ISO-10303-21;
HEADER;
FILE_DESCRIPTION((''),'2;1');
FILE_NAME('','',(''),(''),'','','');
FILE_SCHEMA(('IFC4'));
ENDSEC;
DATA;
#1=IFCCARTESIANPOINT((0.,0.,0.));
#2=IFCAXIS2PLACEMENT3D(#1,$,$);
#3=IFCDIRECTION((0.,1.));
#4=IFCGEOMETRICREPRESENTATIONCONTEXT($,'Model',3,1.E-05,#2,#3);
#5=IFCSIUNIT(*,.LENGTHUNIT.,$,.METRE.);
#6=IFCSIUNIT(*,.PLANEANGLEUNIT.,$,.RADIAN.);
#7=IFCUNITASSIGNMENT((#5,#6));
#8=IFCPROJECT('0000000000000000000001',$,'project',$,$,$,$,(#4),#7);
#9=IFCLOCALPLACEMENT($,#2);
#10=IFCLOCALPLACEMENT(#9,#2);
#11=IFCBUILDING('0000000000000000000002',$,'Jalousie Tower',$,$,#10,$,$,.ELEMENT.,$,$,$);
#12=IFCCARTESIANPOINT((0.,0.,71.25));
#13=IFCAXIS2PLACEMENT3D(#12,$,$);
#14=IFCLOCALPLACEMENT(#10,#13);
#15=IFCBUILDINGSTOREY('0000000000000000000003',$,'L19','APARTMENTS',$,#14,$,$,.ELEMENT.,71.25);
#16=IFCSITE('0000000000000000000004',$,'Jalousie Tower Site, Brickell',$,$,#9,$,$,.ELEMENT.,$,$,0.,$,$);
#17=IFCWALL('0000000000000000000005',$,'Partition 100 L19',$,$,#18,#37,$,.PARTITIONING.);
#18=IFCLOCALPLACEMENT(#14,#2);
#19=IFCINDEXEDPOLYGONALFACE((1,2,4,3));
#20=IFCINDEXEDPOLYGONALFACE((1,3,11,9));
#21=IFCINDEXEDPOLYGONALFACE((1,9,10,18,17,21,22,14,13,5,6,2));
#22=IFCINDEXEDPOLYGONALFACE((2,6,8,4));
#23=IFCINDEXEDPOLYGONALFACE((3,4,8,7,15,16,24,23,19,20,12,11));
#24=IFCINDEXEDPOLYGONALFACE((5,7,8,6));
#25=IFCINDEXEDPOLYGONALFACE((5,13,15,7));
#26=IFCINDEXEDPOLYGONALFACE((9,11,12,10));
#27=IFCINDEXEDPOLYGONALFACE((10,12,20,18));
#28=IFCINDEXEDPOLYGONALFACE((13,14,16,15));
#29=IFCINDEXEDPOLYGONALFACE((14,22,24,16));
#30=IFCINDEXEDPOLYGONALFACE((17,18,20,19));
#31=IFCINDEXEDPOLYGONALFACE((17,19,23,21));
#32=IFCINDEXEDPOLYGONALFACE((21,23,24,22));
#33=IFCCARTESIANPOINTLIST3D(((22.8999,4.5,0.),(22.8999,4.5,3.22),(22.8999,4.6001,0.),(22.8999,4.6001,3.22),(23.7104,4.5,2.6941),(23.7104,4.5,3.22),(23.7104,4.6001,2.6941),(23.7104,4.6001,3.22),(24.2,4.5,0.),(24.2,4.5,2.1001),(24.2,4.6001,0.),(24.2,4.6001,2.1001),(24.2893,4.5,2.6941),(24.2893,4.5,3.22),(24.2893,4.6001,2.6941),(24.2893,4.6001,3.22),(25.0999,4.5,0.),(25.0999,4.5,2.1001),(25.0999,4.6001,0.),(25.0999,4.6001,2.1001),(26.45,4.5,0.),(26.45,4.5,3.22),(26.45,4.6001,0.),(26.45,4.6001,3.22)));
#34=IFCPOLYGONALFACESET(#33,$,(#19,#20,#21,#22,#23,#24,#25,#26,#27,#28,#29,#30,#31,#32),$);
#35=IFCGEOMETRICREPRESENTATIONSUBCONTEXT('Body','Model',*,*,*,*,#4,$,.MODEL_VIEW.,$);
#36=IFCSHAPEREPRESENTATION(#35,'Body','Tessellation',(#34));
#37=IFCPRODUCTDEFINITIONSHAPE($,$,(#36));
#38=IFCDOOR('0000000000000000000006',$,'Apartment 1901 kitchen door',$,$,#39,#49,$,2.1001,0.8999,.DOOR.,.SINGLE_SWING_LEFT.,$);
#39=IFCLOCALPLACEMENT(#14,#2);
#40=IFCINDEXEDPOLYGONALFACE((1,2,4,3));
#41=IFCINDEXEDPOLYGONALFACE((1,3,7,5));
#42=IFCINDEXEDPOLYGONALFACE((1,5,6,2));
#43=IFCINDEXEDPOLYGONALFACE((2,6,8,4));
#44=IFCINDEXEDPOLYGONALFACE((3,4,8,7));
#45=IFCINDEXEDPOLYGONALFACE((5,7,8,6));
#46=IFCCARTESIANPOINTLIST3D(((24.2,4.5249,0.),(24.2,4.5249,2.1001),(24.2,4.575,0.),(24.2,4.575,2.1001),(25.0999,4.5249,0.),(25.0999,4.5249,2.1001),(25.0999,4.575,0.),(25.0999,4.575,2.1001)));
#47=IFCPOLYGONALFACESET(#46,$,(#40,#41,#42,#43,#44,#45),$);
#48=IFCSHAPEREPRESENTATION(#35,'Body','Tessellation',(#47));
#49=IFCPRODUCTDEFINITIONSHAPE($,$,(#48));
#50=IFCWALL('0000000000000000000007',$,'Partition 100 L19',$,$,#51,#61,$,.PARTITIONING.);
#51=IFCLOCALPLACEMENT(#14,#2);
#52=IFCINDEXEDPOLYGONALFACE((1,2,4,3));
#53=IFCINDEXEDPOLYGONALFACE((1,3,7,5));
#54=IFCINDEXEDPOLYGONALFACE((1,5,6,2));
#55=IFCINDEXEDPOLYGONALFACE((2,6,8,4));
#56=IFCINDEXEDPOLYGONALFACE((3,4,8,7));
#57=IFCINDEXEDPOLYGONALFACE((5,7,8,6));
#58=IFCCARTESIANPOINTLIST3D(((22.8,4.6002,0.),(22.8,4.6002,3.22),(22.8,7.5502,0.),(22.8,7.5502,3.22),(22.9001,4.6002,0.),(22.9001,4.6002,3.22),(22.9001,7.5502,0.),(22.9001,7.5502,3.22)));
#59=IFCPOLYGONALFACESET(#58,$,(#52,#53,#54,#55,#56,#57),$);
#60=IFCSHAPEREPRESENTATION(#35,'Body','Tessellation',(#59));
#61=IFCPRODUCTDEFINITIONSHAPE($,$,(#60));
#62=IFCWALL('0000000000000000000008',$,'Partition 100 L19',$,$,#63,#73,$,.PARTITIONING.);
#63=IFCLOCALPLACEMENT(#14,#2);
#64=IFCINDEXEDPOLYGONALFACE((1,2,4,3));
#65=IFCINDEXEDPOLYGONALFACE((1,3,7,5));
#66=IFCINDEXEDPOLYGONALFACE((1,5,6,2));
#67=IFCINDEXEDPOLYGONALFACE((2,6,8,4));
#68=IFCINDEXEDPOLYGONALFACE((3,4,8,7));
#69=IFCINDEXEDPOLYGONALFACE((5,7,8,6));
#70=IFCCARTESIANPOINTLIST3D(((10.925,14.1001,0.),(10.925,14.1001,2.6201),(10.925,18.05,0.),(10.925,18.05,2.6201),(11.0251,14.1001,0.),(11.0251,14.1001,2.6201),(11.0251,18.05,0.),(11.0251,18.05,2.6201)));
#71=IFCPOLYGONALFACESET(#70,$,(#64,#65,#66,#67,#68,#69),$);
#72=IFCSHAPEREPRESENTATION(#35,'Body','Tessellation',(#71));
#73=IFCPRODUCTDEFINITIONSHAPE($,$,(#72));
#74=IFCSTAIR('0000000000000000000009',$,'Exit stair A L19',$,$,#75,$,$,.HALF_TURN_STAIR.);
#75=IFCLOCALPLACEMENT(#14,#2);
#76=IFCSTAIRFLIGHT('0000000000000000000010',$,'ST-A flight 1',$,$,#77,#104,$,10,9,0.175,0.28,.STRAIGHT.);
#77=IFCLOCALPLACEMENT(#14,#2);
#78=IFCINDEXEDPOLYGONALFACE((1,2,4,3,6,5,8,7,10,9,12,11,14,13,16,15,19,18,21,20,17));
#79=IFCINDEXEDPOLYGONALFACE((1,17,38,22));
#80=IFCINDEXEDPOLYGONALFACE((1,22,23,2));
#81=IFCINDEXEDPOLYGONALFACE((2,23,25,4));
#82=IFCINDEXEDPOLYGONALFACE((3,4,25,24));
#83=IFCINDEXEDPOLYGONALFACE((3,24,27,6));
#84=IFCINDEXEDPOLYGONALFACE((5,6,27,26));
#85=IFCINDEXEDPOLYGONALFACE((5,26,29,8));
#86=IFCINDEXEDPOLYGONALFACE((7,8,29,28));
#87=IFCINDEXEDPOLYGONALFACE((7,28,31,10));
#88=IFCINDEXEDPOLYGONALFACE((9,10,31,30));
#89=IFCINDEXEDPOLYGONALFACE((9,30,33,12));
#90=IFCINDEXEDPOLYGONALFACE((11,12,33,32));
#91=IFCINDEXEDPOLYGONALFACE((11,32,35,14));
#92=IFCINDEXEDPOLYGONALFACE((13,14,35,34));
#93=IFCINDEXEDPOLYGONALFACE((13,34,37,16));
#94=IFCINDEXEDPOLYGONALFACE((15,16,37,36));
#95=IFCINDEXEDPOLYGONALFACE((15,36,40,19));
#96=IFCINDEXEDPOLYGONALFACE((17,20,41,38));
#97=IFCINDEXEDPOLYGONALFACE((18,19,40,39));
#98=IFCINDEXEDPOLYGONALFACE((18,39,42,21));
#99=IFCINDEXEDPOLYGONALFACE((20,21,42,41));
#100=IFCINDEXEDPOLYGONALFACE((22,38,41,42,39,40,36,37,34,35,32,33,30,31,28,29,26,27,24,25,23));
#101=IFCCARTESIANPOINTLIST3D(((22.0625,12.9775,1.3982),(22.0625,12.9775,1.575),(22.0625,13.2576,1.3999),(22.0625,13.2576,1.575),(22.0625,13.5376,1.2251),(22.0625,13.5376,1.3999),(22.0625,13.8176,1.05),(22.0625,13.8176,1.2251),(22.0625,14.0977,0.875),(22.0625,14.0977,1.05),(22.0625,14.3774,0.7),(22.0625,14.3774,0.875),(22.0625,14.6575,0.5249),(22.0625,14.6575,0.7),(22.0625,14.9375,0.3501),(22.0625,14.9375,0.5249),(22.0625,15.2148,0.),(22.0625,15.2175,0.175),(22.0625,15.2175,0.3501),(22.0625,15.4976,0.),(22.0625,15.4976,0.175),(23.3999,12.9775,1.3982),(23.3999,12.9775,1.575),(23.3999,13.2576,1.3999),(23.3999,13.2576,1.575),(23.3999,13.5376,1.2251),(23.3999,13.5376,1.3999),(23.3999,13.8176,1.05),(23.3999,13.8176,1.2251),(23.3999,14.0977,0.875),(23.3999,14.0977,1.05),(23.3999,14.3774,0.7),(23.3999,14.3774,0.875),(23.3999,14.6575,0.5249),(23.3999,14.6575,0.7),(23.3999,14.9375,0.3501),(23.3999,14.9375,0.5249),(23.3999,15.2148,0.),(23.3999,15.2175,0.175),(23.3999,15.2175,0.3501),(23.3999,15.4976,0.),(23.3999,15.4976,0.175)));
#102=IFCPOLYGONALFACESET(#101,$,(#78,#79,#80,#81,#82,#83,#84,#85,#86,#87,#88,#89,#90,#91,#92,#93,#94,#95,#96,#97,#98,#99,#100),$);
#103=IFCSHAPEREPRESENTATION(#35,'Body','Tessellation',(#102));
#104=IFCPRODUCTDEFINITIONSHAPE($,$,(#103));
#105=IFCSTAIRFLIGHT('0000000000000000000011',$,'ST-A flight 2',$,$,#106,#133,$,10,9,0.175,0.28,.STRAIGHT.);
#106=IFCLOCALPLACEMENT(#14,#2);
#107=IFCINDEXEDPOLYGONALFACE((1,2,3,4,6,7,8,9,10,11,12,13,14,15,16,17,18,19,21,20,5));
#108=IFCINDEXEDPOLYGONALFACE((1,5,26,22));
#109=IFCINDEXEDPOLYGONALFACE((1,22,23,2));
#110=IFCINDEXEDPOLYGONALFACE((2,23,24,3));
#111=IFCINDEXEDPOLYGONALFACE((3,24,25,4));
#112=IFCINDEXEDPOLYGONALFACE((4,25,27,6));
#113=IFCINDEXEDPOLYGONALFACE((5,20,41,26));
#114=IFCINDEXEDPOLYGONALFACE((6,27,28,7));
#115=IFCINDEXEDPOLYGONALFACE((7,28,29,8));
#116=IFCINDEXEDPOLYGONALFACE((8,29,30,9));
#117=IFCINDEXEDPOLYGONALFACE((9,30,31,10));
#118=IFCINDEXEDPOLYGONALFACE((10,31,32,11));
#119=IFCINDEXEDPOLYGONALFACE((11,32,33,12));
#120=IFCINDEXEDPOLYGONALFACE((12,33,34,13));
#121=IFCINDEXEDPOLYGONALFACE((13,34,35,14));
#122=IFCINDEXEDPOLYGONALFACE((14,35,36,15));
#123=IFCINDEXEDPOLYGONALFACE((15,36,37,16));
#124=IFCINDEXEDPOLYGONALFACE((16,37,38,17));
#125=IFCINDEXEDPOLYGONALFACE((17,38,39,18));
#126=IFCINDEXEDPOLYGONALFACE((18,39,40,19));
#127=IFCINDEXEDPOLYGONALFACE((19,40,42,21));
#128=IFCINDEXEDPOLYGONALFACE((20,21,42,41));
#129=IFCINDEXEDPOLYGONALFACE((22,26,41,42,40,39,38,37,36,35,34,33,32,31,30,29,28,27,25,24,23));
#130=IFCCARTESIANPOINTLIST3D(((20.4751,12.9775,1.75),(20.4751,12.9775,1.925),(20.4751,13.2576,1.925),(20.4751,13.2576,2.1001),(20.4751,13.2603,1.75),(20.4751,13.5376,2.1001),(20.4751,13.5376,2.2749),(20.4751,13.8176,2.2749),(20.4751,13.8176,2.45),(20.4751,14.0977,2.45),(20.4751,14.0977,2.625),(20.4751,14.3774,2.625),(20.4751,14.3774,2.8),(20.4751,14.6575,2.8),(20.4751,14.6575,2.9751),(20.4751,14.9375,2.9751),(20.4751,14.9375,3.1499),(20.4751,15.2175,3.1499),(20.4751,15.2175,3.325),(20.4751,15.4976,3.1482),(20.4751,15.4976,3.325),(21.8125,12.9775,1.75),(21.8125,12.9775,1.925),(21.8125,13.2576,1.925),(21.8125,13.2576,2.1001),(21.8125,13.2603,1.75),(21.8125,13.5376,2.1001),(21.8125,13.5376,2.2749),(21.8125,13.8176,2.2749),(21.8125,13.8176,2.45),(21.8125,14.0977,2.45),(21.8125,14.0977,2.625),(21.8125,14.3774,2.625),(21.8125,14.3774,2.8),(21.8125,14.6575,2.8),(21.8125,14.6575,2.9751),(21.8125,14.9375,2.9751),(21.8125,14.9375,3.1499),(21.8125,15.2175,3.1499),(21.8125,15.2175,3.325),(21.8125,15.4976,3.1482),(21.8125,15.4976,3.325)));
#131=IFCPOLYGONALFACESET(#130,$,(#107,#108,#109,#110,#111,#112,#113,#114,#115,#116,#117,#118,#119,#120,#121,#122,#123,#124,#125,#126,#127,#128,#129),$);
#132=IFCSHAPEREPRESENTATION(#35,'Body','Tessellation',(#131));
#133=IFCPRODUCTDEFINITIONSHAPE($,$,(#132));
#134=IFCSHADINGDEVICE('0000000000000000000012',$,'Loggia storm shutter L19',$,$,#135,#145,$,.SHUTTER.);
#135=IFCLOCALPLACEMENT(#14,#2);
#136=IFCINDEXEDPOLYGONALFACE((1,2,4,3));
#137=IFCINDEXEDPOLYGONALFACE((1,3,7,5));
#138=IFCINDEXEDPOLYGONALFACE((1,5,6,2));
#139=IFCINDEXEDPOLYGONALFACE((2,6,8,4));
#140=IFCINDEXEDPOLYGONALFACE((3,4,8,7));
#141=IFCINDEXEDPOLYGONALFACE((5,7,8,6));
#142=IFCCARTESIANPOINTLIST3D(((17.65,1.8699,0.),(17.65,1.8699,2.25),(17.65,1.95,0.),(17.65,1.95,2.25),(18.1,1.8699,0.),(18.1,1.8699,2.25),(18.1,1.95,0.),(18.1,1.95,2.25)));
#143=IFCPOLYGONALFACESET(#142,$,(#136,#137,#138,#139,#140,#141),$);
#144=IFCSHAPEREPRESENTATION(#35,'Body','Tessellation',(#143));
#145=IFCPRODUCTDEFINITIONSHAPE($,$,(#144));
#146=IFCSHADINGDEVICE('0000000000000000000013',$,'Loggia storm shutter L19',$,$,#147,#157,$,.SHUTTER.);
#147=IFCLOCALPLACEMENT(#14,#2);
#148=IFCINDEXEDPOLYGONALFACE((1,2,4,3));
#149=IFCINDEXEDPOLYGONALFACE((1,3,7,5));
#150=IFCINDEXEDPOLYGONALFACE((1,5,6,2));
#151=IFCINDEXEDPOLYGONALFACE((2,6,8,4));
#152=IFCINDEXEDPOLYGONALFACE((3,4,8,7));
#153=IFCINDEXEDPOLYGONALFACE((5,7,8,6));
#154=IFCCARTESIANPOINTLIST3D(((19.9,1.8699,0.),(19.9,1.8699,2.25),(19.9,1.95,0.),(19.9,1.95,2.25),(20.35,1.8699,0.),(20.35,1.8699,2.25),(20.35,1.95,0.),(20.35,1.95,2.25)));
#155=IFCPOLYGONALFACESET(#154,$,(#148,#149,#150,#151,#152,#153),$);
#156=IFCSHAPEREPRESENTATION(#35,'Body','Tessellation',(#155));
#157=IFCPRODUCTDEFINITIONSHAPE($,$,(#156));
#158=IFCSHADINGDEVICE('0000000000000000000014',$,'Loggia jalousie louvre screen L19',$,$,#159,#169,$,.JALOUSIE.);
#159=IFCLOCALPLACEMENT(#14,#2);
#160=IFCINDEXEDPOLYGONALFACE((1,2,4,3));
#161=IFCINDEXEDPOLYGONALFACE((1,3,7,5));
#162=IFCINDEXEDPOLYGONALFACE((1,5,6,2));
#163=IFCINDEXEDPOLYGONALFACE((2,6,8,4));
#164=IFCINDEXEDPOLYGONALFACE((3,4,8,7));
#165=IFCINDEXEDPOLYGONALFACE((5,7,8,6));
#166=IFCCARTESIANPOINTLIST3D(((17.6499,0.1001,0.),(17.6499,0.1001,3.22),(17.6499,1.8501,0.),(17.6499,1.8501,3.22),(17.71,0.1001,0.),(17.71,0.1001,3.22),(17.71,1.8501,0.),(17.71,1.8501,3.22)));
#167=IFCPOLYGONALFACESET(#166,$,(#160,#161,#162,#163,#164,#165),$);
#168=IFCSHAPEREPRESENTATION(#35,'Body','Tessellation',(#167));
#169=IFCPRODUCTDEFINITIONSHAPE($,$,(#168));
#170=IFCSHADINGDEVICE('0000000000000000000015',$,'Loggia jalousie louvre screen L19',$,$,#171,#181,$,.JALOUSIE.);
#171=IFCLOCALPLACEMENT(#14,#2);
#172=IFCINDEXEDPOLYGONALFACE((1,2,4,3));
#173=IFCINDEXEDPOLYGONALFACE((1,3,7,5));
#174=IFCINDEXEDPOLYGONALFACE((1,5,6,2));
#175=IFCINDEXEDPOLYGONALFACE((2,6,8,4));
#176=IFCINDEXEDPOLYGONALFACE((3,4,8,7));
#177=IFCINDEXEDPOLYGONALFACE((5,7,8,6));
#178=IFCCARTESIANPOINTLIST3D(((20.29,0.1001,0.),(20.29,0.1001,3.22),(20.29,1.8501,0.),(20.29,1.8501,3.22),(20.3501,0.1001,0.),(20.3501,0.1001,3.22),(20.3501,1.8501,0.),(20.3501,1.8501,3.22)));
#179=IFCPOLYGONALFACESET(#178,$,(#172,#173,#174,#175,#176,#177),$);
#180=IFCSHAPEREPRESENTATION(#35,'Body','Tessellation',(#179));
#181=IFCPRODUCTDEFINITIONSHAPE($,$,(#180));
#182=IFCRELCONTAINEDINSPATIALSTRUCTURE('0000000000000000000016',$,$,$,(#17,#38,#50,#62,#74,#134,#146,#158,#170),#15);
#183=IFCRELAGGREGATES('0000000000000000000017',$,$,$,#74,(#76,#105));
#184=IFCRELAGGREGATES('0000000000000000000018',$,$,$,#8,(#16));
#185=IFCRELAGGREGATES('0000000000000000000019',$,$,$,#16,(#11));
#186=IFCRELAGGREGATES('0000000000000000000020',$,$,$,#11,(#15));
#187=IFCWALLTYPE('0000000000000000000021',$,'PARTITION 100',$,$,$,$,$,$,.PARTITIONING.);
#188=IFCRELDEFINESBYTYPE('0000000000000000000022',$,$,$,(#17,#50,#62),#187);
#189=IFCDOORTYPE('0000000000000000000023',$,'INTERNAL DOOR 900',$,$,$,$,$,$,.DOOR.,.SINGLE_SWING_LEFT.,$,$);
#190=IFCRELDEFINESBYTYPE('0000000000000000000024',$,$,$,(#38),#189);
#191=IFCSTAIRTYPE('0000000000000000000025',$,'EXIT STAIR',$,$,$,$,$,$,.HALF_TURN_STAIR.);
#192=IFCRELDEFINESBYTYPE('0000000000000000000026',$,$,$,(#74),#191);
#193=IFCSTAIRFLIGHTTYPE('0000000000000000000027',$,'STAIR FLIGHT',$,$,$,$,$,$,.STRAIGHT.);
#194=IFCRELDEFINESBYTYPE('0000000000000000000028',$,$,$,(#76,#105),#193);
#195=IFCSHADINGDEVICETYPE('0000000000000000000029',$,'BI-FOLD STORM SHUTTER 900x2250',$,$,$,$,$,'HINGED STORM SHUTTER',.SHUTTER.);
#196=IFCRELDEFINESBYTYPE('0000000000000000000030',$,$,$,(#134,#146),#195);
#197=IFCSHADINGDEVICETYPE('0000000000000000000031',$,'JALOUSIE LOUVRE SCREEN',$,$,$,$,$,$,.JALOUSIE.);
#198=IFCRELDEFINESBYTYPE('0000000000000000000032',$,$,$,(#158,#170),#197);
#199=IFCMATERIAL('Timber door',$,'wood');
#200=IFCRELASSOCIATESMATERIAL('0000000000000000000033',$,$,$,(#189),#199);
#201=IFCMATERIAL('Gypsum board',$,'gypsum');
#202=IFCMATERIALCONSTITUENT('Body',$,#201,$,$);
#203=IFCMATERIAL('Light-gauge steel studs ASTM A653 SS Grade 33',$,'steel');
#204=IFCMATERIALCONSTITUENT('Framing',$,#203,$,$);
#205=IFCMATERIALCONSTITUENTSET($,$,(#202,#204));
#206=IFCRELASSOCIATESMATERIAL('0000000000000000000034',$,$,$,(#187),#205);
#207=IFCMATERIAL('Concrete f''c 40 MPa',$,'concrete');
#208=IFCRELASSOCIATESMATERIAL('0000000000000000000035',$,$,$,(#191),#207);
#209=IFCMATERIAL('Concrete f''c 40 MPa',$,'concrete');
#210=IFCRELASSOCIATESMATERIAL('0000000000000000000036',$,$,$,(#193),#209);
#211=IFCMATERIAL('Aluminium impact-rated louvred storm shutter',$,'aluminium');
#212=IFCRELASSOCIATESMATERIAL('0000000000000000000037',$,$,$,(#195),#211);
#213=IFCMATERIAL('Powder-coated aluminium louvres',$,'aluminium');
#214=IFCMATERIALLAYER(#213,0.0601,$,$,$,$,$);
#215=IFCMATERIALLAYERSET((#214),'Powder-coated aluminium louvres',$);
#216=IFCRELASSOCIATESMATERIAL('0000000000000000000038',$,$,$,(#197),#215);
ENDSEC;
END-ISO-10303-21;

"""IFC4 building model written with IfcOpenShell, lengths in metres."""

from ifc_helpers import new_model, si_unit, direction, frame, frame_2d, origin, origin_2d, place, context, subcontext, project, spatial, polyline, rectangle, outline, extrude, material, layer, layer_set, constituent, constituent_set, type_object, element, fill, aggregate, save


model = new_model("IFC4")

# Units and contexts
model_context = context("Model", 3, precision=1e-05, world=origin(), true_north=direction((0.0, 1.0)))
body_context = subcontext(model_context, "Body", "Model", "MODEL_VIEW")
ifc_project = project(units=[si_unit("LENGTHUNIT", "METRE"), si_unit("PLANEANGLEUNIT", "RADIAN")], contexts=[model_context])

# Site, building, storey
site_placement = place(None, origin())
site = spatial("IfcSite", under=ifc_project, at=site_placement, Name="Jalousie Tower Site, Brickell", CompositionType="ELEMENT", RefElevation=0.0)
building_placement = place(site_placement, origin())
building = spatial("IfcBuilding", under=site, at=building_placement, Name="Jalousie Tower", CompositionType="ELEMENT")
storey_placement = place(building_placement, frame((0.0, 0.0, 71.25)))
storey = spatial("IfcBuildingStorey", under=building, at=storey_placement, Name="L19", Description="APARTMENTS", CompositionType="ELEMENT", Elevation=71.25)

# Shared definitions
ifc_material_1 = material(Name="Timber door", Category="wood")
door_type_1 = type_object("IfcDoorType", Name="INTERNAL DOOR 900", OperationType="SINGLE_SWING_LEFT", PredefinedType="DOOR", material=ifc_material_1)

# Wall, opening, door
ifc_material_2 = material(Name="Gypsum board", Category="gypsum")
ifc_constituent_1 = constituent(ifc_material_2, Name="Body")
ifc_material_3 = material(Name="Light-gauge steel studs ASTM A653 SS Grade 33", Category="steel")
ifc_constituent_2 = constituent(ifc_material_3, Name="Framing")
ifc_constituent_set_1 = constituent_set(constituents=[ifc_constituent_1, ifc_constituent_2])
wall_type_1 = type_object("IfcWallType", Name="PARTITION 100", PredefinedType="PARTITIONING", material=ifc_constituent_set_1)
wall_1_placement = place(storey_placement, frame((22.8999, 4.55, 0.0), z_axis=(0.0, 0.0, 1.0), x_axis=(1.0, 0.0, 0.0)))
wall_1 = element("IfcWall", 1, at=wall_1_placement, inside=storey, type_object=wall_type_1, Name="Partition 100 L19", PredefinedType="PARTITIONING", context=body_context, shape_type="SweptSolid", body=[
    extrude(outline(polyline([(0.0, 0.0), (3.55, 0.0), (3.55, 3.22), (1.3894, 3.22), (1.3894, 2.6941), (0.8105, 2.6941), (0.8105, 3.22), (0.0, 3.22), (0.0, 0.0)])), frame((0.0, 0.05, 0.0), z_axis=(0.0, -1.0, 0.0), x_axis=(1.0, 0.0, 0.0)), (0.0, 0.0, 1.0), 0.1001),
])
opening_1_placement = place(wall_1_placement, frame((1.3, 0.0, 0.0)))
opening_1 = element("IfcOpeningElement", 2, at=opening_1_placement, cuts=wall_1, PredefinedType="OPENING", context=body_context, shape_type="SweptSolid", body=[
    extrude(rectangle(XDim=0.8999, YDim=2.1001, at=frame_2d((0.45, 1.05))), frame((0.0, 0.0601, 0.0), z_axis=(0.0, -1.0, 0.0), x_axis=(1.0, 0.0, 0.0)), (0.0, 0.0, 1.0), 0.1201),
])
door_1_placement = place(opening_1_placement, origin())
door_1 = element("IfcDoor", 3, at=door_1_placement, inside=storey, type_object=door_type_1, Name="Apartment 1901 kitchen door", OperationType="SINGLE_SWING_LEFT", OverallHeight=2.1001, OverallWidth=0.8999, PredefinedType="DOOR", context=body_context, shape_type="SweptSolid", body=[
    extrude(rectangle(XDim=0.8999, YDim=2.1001, at=frame_2d((0.45, 1.05))), frame((0.0, 0.0249, 0.0), z_axis=(0.0, -1.0, 0.0), x_axis=(1.0, 0.0, 0.0)), (0.0, 0.0, 1.0), 0.05),
])
fill(opening_1, door_1)

# Walls
wall_2_placement = place(storey_placement, frame((22.8501, 4.6001, 0.0), z_axis=(0.0, 0.0, 1.0), x_axis=(0.0, 1.0, 0.0)))
element("IfcWall", 4, at=wall_2_placement, inside=storey, type_object=wall_type_1, Name="Partition 100 L19", PredefinedType="PARTITIONING", context=body_context, shape_type="SweptSolid", body=[
    extrude(rectangle(XDim=2.95, YDim=0.1001, at=frame_2d((1.4751, 0.0))), origin(), (0.0, 0.0, 1.0), 3.22),
])
wall_3_placement = place(storey_placement, frame((10.9751, 14.1001, 0.0), z_axis=(0.0, 0.0, 1.0), x_axis=(0.0, 1.0, 0.0)))
element("IfcWall", 5, at=wall_3_placement, inside=storey, type_object=wall_type_1, Name="Partition 100 L19", PredefinedType="PARTITIONING", context=body_context, shape_type="SweptSolid", body=[
    extrude(outline(polyline([(0.0, 0.0), (3.95, 0.0), (3.95, 3.22), (3.95, 2.6201), (0.0, 2.6201), (0.0, 3.22), (0.0, 0.0)])), frame((0.0, 0.05, 0.0), z_axis=(0.0, -1.0, 0.0), x_axis=(1.0, 0.0, 0.0)), (0.0, 0.0, 1.0), 0.1001),
])

# Stair, stair flights
ifc_material_4 = material(Name="Concrete f'c 40 MPa", Category="concrete")
stair_type = type_object("IfcStairType", Name="EXIT STAIR", PredefinedType="HALF_TURN_STAIR", material=ifc_material_4)
stair_placement = place(storey_placement, origin())
stair = element("IfcStair", 6, at=stair_placement, inside=storey, type_object=stair_type, Name="Exit stair A L19", PredefinedType="HALF_TURN_STAIR")
ifc_material_5 = material(Name="Concrete f'c 40 MPa", Category="concrete")
stair_flight_type = type_object("IfcStairFlightType", Name="STAIR FLIGHT", PredefinedType="STRAIGHT", material=ifc_material_5)
stair_flight_1_placement = place(storey_placement, frame((22.7312, 15.4976, 0.0), z_axis=(0.0, 0.0, 1.0), x_axis=(0.0, -1.0, 0.0)))
stair_flight_1 = element("IfcStairFlight", 7, at=stair_flight_1_placement, type_object=stair_flight_type, Name="ST-A flight 1", NumberOfRisers=10, NumberOfTreads=9, PredefinedType="STRAIGHT", RiserHeight=0.175, TreadLength=0.28, context=body_context, shape_type="SweptSolid", body=[
    extrude(outline(polyline([(0.0, 0.0), (0.0, 0.175), (0.28, 0.175), (0.28, 0.3501), (0.5601, 0.3501), (0.5601, 0.5249), (0.8401, 0.5249), (0.8401, 0.7), (1.1201, 0.7), (1.1201, 0.875), (1.3999, 0.875), (1.3999, 1.05), (1.6799, 1.05), (1.6799, 1.2251), (1.96, 1.2251), (1.96, 1.3999), (2.24, 1.3999), (2.24, 1.575), (2.52, 1.575), (2.52, 1.75), (2.52, 1.3982), (0.2827, 0.0), (0.0, 0.0)])), frame((0.0, 0.6687, 0.0), z_axis=(0.0, -1.0, 0.0), x_axis=(1.0, 0.0, 0.0)), (0.0, 0.0, 1.0), 1.3374),
])
stair_flight_2_placement = place(storey_placement, frame((21.1438, 12.9775, 1.75), z_axis=(0.0, 0.0, 1.0), x_axis=(0.0, 1.0, 0.0)))
stair_flight_2 = element("IfcStairFlight", 8, at=stair_flight_2_placement, type_object=stair_flight_type, Name="ST-A flight 2", NumberOfRisers=10, NumberOfTreads=9, PredefinedType="STRAIGHT", RiserHeight=0.175, TreadLength=0.28, context=body_context, shape_type="SweptSolid", body=[
    extrude(outline(polyline([(0.0, 0.0), (0.0, 0.175), (0.28, 0.175), (0.28, 0.3501), (0.5601, 0.3501), (0.5601, 0.5249), (0.8401, 0.5249), (0.8401, 0.7), (1.1201, 0.7), (1.1201, 0.875), (1.3999, 0.875), (1.3999, 1.05), (1.6799, 1.05), (1.6799, 1.2251), (1.96, 1.2251), (1.96, 1.3999), (2.24, 1.3999), (2.24, 1.575), (2.52, 1.575), (2.52, 1.75), (2.52, 1.3982), (0.2827, 0.0), (0.0, 0.0)])), frame((0.0, 0.6687, 0.0), z_axis=(0.0, -1.0, 0.0), x_axis=(1.0, 0.0, 0.0)), (0.0, 0.0, 1.0), 1.3374),
])
aggregate(stair, [stair_flight_1, stair_flight_2])

# Shading devices
ifc_material_6 = material(Name="Aluminium impact-rated louvred storm shutter", Category="aluminium")
shading_device_type_1 = type_object("IfcShadingDeviceType", Name="BI-FOLD STORM SHUTTER 900x2250", ElementType="HINGED STORM SHUTTER", PredefinedType="SHUTTER", material=ifc_material_6)
for number, where, z_axis, x_axis, name in (
    (9, (17.875, 1.9099, 0.0), (0.0, 0.0, 1.0), (1.0, 0.0, 0.0), "Loggia storm shutter L19"),
    (10, (20.125, 1.9099, 0.0), (0.0, 0.0, 1.0), (1.0, 0.0, 0.0), "Loggia storm shutter L19"),
):
    element("IfcShadingDevice", number, at=place(storey_placement, frame(where, z_axis=z_axis, x_axis=x_axis)), inside=storey, type_object=shading_device_type_1, Name=name, PredefinedType="SHUTTER", context=body_context, shape_type="SweptSolid", body=[
        extrude(rectangle(XDim=0.45, YDim=0.0801, at=origin_2d()), origin(), (0.0, 0.0, 1.0), 2.25),
    ])
ifc_material_7 = material(Name="Powder-coated aluminium louvres", Category="aluminium")
ifc_layer_1 = layer(ifc_material_7, 0.0601)
ifc_layer_set_1 = layer_set([ifc_layer_1], Name="Powder-coated aluminium louvres")
shading_device_type_2 = type_object("IfcShadingDeviceType", Name="JALOUSIE LOUVRE SCREEN", PredefinedType="JALOUSIE", material=ifc_layer_set_1)
for number, where, z_axis, x_axis, name in (
    (11, (17.6799, 0.9751, 0.0), (0.0, 0.0, 1.0), (1.0, 0.0, 0.0), "Loggia jalousie louvre screen L19"),
    (12, (20.3201, 0.9751, 0.0), (0.0, 0.0, 1.0), (1.0, 0.0, 0.0), "Loggia jalousie louvre screen L19"),
):
    element("IfcShadingDevice", number, at=place(storey_placement, frame(where, z_axis=z_axis, x_axis=x_axis)), inside=storey, type_object=shading_device_type_2, Name=name, PredefinedType="JALOUSIE", context=body_context, shape_type="SweptSolid", body=[
        extrude(rectangle(XDim=0.0601, YDim=1.75, at=origin_2d()), origin(), (0.0, 0.0, 1.0), 3.22),
    ])

save(model, "model.ifc")
